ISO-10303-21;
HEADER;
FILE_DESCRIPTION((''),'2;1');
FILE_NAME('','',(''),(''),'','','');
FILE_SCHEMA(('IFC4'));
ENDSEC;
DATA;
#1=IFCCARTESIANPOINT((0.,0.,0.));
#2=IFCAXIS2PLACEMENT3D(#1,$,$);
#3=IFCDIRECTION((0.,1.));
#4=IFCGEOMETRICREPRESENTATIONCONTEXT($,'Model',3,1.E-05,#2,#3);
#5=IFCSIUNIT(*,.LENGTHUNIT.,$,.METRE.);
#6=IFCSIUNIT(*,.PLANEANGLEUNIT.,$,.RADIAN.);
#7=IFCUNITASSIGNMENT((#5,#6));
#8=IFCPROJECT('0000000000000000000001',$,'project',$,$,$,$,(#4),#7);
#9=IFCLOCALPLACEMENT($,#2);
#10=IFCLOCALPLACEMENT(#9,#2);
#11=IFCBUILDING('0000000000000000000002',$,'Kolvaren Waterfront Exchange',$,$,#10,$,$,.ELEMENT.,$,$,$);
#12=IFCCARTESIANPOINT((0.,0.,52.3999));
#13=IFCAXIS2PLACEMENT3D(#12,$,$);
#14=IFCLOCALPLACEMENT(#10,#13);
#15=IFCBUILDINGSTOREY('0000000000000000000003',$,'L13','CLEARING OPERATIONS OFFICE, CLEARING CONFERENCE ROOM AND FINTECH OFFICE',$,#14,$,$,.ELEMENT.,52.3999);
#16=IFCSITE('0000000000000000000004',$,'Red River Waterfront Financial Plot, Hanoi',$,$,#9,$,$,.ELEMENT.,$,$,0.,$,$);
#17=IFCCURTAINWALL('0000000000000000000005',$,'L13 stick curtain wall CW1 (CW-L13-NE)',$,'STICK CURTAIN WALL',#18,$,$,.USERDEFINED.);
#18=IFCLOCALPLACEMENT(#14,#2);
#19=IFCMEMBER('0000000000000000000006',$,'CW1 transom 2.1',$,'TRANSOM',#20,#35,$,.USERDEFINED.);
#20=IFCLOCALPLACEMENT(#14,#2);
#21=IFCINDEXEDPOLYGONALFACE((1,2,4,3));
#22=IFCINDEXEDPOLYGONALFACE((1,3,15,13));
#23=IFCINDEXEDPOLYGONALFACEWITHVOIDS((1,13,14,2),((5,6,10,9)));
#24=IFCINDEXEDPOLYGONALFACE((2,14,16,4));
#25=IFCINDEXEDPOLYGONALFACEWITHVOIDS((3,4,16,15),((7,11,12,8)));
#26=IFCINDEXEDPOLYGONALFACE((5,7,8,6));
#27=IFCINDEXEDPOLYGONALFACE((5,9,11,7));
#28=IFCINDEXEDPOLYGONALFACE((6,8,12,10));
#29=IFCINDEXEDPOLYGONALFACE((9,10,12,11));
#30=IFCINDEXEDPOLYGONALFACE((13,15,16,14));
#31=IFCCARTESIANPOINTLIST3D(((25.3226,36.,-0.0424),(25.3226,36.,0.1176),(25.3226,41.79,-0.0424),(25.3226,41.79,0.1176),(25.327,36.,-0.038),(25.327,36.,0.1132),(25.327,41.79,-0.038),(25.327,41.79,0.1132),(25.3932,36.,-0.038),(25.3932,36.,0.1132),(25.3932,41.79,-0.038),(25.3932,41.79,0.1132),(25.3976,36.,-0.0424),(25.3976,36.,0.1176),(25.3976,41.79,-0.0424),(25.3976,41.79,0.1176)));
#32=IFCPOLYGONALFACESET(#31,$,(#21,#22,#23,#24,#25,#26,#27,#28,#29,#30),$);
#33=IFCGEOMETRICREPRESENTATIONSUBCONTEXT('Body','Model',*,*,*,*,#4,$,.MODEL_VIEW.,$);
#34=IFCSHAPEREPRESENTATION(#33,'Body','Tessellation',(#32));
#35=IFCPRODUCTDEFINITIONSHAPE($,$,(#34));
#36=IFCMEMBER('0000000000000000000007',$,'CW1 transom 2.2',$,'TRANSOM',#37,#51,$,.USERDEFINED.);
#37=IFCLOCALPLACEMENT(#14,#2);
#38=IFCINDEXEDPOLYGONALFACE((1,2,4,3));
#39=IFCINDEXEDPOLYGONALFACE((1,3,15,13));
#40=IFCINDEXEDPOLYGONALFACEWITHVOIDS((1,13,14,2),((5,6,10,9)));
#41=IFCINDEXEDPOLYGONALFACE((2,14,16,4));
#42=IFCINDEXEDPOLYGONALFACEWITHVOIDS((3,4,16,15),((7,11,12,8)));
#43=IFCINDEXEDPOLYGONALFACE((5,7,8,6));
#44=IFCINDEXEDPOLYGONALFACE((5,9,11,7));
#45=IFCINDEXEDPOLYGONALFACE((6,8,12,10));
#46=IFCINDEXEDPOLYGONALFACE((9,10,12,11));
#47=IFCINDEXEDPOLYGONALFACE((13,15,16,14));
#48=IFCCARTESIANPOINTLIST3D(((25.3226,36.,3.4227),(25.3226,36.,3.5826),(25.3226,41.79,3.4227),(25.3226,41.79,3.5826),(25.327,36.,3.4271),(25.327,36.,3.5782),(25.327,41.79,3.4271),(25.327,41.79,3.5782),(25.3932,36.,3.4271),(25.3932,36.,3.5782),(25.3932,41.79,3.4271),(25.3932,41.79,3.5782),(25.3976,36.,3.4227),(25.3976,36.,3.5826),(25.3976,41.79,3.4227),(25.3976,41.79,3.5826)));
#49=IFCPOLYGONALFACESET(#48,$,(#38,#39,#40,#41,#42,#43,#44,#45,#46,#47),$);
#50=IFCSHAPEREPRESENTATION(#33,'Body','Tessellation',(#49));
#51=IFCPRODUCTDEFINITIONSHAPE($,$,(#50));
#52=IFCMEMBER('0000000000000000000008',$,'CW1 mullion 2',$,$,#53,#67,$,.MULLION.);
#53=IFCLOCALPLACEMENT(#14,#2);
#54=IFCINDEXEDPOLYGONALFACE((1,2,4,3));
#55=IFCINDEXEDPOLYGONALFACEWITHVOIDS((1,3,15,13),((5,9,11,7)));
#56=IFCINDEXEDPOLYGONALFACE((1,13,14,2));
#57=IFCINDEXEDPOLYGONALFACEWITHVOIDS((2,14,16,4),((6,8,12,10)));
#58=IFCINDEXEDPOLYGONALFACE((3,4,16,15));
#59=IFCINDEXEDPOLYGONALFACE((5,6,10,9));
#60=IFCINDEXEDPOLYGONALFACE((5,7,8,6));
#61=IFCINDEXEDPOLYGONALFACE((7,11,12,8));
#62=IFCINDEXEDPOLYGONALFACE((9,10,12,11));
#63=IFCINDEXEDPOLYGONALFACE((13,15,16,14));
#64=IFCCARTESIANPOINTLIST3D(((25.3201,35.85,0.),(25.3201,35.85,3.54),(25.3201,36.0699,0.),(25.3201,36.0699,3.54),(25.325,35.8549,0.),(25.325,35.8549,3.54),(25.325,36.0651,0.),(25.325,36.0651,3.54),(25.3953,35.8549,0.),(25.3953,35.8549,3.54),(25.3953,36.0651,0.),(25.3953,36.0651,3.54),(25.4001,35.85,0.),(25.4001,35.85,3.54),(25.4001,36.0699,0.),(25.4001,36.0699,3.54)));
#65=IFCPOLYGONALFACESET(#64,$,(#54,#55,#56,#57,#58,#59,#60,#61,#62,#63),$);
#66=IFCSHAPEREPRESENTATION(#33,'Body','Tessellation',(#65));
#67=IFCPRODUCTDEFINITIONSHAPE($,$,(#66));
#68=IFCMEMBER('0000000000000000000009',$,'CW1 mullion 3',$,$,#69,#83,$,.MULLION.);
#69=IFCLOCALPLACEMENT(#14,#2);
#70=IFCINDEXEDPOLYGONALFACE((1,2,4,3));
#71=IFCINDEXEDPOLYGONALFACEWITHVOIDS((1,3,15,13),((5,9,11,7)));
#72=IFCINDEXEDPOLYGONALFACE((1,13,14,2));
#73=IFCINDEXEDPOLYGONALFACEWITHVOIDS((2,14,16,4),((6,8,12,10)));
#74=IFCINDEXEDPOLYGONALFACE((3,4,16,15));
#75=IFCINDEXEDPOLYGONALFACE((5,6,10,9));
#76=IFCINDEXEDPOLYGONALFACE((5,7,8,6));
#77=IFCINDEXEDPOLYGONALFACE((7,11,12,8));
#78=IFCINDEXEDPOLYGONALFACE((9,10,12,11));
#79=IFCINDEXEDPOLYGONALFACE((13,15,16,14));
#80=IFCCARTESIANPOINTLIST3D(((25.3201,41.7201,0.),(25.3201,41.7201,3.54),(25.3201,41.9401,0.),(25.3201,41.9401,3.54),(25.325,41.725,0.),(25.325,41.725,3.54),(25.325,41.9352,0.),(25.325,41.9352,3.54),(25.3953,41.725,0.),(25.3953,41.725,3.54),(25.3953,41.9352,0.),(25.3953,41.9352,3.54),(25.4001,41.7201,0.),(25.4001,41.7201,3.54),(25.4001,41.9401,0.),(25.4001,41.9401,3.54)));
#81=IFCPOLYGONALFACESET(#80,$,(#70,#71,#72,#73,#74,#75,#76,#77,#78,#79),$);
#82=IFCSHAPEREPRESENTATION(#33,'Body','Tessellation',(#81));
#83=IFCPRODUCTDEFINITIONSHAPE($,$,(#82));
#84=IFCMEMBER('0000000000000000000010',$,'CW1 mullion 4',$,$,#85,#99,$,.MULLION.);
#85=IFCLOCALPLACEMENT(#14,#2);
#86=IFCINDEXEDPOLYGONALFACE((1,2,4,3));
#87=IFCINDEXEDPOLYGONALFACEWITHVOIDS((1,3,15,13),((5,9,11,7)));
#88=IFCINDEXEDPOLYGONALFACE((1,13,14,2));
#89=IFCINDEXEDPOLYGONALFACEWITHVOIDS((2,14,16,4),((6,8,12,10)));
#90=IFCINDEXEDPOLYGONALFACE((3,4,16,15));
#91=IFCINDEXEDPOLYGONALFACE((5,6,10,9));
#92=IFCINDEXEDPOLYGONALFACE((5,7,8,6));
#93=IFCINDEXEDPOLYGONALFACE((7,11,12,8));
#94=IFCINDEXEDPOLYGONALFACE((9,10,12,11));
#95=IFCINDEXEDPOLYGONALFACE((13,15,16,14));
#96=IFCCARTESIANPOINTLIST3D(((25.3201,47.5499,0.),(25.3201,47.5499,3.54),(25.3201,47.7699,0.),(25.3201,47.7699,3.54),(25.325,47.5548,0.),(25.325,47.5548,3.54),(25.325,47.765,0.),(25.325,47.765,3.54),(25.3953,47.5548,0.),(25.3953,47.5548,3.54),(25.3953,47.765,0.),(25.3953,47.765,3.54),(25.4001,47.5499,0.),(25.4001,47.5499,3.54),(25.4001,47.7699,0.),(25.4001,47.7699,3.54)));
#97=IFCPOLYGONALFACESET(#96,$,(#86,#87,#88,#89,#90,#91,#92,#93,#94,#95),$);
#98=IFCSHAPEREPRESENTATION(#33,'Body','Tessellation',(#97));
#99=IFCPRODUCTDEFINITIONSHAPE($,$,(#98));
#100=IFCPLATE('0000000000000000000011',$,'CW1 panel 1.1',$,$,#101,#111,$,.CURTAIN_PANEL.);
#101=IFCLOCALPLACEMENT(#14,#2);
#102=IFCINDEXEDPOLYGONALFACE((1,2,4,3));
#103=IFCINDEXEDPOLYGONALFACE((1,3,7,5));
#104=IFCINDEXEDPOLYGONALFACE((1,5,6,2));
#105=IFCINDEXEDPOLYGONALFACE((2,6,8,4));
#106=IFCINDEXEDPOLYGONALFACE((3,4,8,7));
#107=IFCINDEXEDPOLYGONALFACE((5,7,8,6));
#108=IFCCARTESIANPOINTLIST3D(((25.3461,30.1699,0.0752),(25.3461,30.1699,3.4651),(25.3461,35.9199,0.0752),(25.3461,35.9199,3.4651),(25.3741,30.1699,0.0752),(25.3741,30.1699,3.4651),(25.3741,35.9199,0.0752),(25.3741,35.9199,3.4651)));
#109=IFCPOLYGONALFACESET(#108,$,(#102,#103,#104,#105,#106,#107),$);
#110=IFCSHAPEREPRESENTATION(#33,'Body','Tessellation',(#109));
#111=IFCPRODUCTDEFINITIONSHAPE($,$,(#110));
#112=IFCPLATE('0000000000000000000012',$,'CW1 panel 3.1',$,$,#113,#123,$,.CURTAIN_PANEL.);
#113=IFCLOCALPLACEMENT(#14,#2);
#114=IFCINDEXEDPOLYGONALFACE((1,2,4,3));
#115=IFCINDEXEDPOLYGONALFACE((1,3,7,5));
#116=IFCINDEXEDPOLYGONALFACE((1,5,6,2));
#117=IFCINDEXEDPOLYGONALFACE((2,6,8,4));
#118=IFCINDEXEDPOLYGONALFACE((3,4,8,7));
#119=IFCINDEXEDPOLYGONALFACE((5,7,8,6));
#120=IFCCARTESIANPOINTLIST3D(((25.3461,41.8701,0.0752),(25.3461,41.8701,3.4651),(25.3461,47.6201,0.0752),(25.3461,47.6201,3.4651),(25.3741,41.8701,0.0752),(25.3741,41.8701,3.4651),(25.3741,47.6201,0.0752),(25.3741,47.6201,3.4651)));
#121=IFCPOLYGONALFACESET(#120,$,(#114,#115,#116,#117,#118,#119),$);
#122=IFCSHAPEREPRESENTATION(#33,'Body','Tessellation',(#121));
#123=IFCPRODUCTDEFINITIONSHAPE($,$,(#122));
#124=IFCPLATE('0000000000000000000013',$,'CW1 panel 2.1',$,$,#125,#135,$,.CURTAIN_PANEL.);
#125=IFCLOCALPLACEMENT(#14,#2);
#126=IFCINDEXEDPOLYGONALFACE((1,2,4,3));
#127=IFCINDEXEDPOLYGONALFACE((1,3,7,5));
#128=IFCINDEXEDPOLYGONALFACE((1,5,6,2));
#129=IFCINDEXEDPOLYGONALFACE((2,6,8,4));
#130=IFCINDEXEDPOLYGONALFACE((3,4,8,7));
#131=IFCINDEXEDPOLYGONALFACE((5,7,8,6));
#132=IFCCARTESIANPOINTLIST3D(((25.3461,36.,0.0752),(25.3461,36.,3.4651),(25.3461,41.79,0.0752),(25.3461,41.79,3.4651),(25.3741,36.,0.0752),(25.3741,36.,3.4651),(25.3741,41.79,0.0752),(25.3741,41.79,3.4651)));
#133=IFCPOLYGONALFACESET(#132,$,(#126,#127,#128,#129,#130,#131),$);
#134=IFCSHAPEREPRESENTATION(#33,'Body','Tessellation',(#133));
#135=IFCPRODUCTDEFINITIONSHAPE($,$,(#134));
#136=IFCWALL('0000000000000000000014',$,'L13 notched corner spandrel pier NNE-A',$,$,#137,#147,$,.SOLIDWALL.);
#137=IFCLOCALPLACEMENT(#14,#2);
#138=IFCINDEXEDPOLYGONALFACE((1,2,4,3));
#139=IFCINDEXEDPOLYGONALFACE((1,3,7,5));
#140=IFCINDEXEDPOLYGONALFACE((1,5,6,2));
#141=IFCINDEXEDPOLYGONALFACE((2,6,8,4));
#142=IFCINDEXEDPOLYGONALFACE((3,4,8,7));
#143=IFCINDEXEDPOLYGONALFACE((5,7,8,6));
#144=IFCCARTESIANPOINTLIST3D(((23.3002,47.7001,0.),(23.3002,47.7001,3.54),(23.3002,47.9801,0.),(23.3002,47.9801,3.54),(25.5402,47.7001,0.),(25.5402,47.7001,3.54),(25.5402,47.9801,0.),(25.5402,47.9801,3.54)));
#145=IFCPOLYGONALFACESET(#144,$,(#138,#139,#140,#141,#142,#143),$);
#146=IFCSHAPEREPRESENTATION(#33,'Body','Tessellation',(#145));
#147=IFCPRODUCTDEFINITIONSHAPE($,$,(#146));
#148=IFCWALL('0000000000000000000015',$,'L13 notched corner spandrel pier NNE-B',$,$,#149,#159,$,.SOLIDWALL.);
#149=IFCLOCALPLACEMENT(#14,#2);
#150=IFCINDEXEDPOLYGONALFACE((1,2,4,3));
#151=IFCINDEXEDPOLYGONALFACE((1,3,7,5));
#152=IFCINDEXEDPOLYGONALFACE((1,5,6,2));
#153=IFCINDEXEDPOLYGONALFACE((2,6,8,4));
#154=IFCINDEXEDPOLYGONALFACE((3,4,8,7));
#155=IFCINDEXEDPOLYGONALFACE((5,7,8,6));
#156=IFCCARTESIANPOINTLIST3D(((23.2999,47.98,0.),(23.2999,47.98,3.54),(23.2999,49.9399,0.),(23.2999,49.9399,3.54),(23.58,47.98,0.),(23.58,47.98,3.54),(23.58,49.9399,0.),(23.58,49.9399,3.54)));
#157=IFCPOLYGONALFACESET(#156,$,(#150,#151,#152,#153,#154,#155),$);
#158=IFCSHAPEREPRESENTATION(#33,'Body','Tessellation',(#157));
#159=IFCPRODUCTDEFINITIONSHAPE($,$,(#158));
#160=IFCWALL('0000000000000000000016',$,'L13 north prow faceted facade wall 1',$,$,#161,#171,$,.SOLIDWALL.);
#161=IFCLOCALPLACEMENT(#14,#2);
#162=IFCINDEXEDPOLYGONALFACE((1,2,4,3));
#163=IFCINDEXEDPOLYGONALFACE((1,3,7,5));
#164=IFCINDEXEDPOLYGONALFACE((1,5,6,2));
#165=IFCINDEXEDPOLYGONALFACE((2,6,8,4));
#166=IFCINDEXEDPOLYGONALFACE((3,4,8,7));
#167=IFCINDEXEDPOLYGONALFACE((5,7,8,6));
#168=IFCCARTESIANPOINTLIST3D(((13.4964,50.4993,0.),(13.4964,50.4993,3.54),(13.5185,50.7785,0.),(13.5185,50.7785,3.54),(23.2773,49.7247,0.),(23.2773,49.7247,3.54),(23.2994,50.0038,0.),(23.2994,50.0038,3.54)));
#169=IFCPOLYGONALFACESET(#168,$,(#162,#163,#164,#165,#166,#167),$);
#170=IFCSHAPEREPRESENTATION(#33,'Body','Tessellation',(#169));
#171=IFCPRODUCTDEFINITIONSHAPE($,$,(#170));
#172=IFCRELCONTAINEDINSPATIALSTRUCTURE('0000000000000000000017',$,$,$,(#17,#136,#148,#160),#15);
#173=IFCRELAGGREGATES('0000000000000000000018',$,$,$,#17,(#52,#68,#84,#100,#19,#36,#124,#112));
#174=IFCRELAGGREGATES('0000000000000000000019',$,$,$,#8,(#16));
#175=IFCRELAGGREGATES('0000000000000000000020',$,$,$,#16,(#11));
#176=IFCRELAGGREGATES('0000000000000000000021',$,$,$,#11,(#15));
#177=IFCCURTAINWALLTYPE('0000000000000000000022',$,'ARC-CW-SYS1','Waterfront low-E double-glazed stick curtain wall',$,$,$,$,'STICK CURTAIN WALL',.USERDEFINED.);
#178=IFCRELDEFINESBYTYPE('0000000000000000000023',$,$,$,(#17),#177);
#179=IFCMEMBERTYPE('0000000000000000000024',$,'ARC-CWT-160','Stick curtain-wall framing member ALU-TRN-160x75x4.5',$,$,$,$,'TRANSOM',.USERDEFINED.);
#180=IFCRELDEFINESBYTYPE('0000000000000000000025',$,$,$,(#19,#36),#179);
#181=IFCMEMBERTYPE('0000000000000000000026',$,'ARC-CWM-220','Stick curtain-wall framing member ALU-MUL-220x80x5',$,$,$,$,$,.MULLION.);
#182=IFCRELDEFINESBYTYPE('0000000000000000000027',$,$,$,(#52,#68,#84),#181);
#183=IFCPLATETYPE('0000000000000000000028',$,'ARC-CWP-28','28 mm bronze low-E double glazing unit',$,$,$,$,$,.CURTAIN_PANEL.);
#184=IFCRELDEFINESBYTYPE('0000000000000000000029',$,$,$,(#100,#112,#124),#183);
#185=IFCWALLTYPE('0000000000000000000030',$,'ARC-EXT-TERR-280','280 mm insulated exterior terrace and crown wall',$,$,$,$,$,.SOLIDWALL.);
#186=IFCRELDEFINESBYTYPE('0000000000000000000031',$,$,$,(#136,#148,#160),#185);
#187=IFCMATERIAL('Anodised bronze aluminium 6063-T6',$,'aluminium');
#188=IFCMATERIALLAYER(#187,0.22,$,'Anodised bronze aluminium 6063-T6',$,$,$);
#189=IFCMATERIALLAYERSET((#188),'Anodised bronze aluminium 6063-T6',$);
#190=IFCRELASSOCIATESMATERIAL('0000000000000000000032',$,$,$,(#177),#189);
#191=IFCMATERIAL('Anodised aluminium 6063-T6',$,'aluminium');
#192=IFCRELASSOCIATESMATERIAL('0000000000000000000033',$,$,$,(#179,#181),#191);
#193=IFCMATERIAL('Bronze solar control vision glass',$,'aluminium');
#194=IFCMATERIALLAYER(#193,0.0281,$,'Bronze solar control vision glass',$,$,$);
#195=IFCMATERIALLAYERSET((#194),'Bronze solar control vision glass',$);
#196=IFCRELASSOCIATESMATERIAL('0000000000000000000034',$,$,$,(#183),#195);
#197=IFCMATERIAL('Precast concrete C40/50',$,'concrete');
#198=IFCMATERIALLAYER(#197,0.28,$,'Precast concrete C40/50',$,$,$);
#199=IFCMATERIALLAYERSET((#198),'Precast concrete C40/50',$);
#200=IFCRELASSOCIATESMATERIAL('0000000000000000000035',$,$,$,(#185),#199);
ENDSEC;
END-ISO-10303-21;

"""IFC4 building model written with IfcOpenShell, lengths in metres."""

from ifc_helpers import new_model, si_unit, direction, frame, frame_2d, origin, origin_with_axes, origin_2d, place, context, subcontext, project, spatial, rectangle, hollow_rectangle, extrude, source, transform, mapped, material, layer, layer_set, material_profile, profile_set, type_object, element, aggregate, save


model = new_model("IFC4")

# Units and contexts
model_context = context("Model", 3, precision=1e-05, world=origin(), true_north=direction((0.0, 1.0)))
body_context = subcontext(model_context, "Body", "Model", "MODEL_VIEW")
ifc_project = project(units=[si_unit("LENGTHUNIT", "METRE"), si_unit("PLANEANGLEUNIT", "RADIAN")], contexts=[model_context])

# Site, building, storey
site_placement = place(None, origin())
site = spatial("IfcSite", under=ifc_project, at=site_placement, Name="Red River Waterfront Financial Plot, Hanoi", CompositionType="ELEMENT", RefElevation=0.0)
building_placement = place(site_placement, origin())
building = spatial("IfcBuilding", under=site, at=building_placement, Name="Kolvaren Waterfront Exchange", CompositionType="ELEMENT")
storey_placement = place(building_placement, frame((0.0, 0.0, 52.3999)))
storey = spatial("IfcBuildingStorey", under=building, at=storey_placement, Name="L13", Description="CLEARING OPERATIONS OFFICE, CLEARING CONFERENCE ROOM AND FINTECH OFFICE", CompositionType="ELEMENT", Elevation=52.3999)

# Curtain wall, members, plates
ifc_material_1 = material(Name="Anodised bronze aluminium 6063-T6", Category="aluminium")
ifc_layer_1 = layer(ifc_material_1, 0.22, Name="Anodised bronze aluminium 6063-T6")
ifc_layer_set_1 = layer_set([ifc_layer_1], Name="Anodised bronze aluminium 6063-T6")
curtain_wall_type = type_object("IfcCurtainWallType", Name="ARC-CW-SYS1", Description="Waterfront low-E double-glazed stick curtain wall", ElementType="STICK CURTAIN WALL", PredefinedType="USERDEFINED", material=ifc_layer_set_1)
curtain_wall_placement = place(storey_placement, origin())
curtain_wall = element("IfcCurtainWall", 1, at=curtain_wall_placement, inside=storey, type_object=curtain_wall_type, Name="L13 stick curtain wall CW1 (CW-L13-NE)", ObjectType="STICK CURTAIN WALL", PredefinedType="USERDEFINED")
ifc_material_2 = material(Name="Anodised aluminium 6063-T6", Category="aluminium")
ifc_material_profile_1 = material_profile(ifc_material_2, hollow_rectangle(XDim=0.075, YDim=0.1599, WallThickness=0.0044, at=origin_2d()), Name="ALU-TRN-160x75x4.5")
ifc_profile_set_1 = profile_set([ifc_material_profile_1], Name="Anodised aluminium 6063-T6")
member_type_1 = type_object("IfcMemberType", Name="ARC-CWT-160", Description="Stick curtain-wall framing member ALU-TRN-160x75x4.5", ElementType="TRANSOM", PredefinedType="USERDEFINED", material=ifc_profile_set_1)
shared_shape_1 = source(origin_with_axes(), body_context, "Body", "SweptSolid", [
    extrude(hollow_rectangle(XDim=0.075, YDim=0.1599, WallThickness=0.0044, at=origin_2d()), origin(), (0.0, 0.0, 1.0), 5.79),
])
member_1_placement = place(storey_placement, frame((25.3601, 36.0, 0.0376), z_axis=(0.0, 1.0, 0.0), x_axis=(-1.0, 0.0, 0.0)))
member_1 = element("IfcMember", 2, at=member_1_placement, type_object=member_type_1, Name="CW1 transom 2.1", ObjectType="TRANSOM", PredefinedType="USERDEFINED", context=body_context, shape_type="MappedRepresentation", body=[
    mapped(shared_shape_1, transform((0.0, 0.0, 0.0), x_axis=(1.0, 0.0, 0.0), y_axis=(0.0, 1.0, 0.0), z_axis=(0.0, 0.0, 1.0), scale=1.0)),
])
member_2_placement = place(storey_placement, frame((25.3601, 36.0, 3.5027), z_axis=(0.0, 1.0, 0.0), x_axis=(-1.0, 0.0, 0.0)))
member_2 = element("IfcMember", 3, at=member_2_placement, type_object=member_type_1, Name="CW1 transom 2.2", ObjectType="TRANSOM", PredefinedType="USERDEFINED", context=body_context, shape_type="MappedRepresentation", body=[
    mapped(shared_shape_1, transform((0.0, 0.0, 0.0), x_axis=(1.0, 0.0, 0.0), y_axis=(0.0, 1.0, 0.0), z_axis=(0.0, 0.0, 1.0), scale=1.0)),
])
ifc_material_profile_2 = material_profile(ifc_material_2, hollow_rectangle(XDim=0.0801, YDim=0.22, WallThickness=0.0049, at=origin_2d()), Name="ALU-MUL-220x80x5")
ifc_profile_set_2 = profile_set([ifc_material_profile_2], Name="Anodised aluminium 6063-T6")
member_type_2 = type_object("IfcMemberType", Name="ARC-CWM-220", Description="Stick curtain-wall framing member ALU-MUL-220x80x5", PredefinedType="MULLION", material=ifc_profile_set_2)
shared_shape_2 = source(origin_with_axes(), body_context, "Body", "SweptSolid", [
    extrude(hollow_rectangle(XDim=0.0801, YDim=0.22, WallThickness=0.0049, at=origin_2d()), origin(), (0.0, 0.0, 1.0), 3.54),
])
member_3_placement = place(storey_placement, frame((25.3601, 35.96, 0.0), z_axis=(0.0, 0.0, 1.0), x_axis=(-1.0, 0.0, 0.0)))
member_3 = element("IfcMember", 4, at=member_3_placement, type_object=member_type_2, Name="CW1 mullion 2", PredefinedType="MULLION", context=body_context, shape_type="MappedRepresentation", body=[
    mapped(shared_shape_2, transform((0.0, 0.0, 0.0), x_axis=(1.0, 0.0, 0.0), y_axis=(0.0, 1.0, 0.0), z_axis=(0.0, 0.0, 1.0), scale=1.0)),
])
member_4_placement = place(storey_placement, frame((25.3601, 41.8301, 0.0), z_axis=(0.0, 0.0, 1.0), x_axis=(-1.0, 0.0, 0.0)))
member_4 = element("IfcMember", 5, at=member_4_placement, type_object=member_type_2, Name="CW1 mullion 3", PredefinedType="MULLION", context=body_context, shape_type="MappedRepresentation", body=[
    mapped(shared_shape_2, transform((0.0, 0.0, 0.0), x_axis=(1.0, 0.0, 0.0), y_axis=(0.0, 1.0, 0.0), z_axis=(0.0, 0.0, 1.0), scale=1.0)),
])
member_5_placement = place(storey_placement, frame((25.3601, 47.6599, 0.0), z_axis=(0.0, 0.0, 1.0), x_axis=(-1.0, 0.0, 0.0)))
member_5 = element("IfcMember", 6, at=member_5_placement, type_object=member_type_2, Name="CW1 mullion 4", PredefinedType="MULLION", context=body_context, shape_type="MappedRepresentation", body=[
    mapped(shared_shape_2, transform((0.0, 0.0, 0.0), x_axis=(1.0, 0.0, 0.0), y_axis=(0.0, 1.0, 0.0), z_axis=(0.0, 0.0, 1.0), scale=1.0)),
])
ifc_material_3 = material(Name="Bronze solar control vision glass", Category="aluminium")
ifc_layer_2 = layer(ifc_material_3, 0.0281, Name="Bronze solar control vision glass")
ifc_layer_set_2 = layer_set([ifc_layer_2], Name="Bronze solar control vision glass")
plate_type = type_object("IfcPlateType", Name="ARC-CWP-28", Description="28 mm bronze low-E double glazing unit", PredefinedType="CURTAIN_PANEL", material=ifc_layer_set_2)
shared_shape_3 = source(origin_with_axes(), body_context, "Body", "SweptSolid", [
    extrude(rectangle(XDim=5.75, YDim=0.0281, at=origin_2d()), origin(), (0.0, 0.0, 1.0), 3.3899),
])
plate_1_placement = place(storey_placement, frame((25.3601, 33.0449, 0.0752), z_axis=(0.0, 0.0, 1.0), x_axis=(0.0, 1.0, 0.0)))
plate_1 = element("IfcPlate", 7, at=plate_1_placement, type_object=plate_type, Name="CW1 panel 1.1", PredefinedType="CURTAIN_PANEL", context=body_context, shape_type="MappedRepresentation", body=[
    mapped(shared_shape_3, transform((0.0, 0.0, 0.0), x_axis=(1.0, 0.0, 0.0), y_axis=(0.0, 1.0, 0.0), z_axis=(0.0, 0.0, 1.0), scale=1.0)),
])
plate_2_placement = place(storey_placement, frame((25.3601, 44.7451, 0.0752), z_axis=(0.0, 0.0, 1.0), x_axis=(0.0, 1.0, 0.0)))
plate_2 = element("IfcPlate", 8, at=plate_2_placement, type_object=plate_type, Name="CW1 panel 3.1", PredefinedType="CURTAIN_PANEL", context=body_context, shape_type="MappedRepresentation", body=[
    mapped(shared_shape_3, transform((0.0, 0.0, 0.0), x_axis=(1.0, 0.0, 0.0), y_axis=(0.0, 1.0, 0.0), z_axis=(0.0, 0.0, 1.0), scale=1.0)),
])
shared_shape_4 = source(origin_with_axes(), body_context, "Body", "SweptSolid", [
    extrude(rectangle(XDim=5.79, YDim=0.0281, at=origin_2d()), origin(), (0.0, 0.0, 1.0), 3.3899),
])
plate_3_placement = place(storey_placement, frame((25.3601, 38.895, 0.0752), z_axis=(0.0, 0.0, 1.0), x_axis=(0.0, 1.0, 0.0)))
plate_3 = element("IfcPlate", 9, at=plate_3_placement, type_object=plate_type, Name="CW1 panel 2.1", PredefinedType="CURTAIN_PANEL", context=body_context, shape_type="MappedRepresentation", body=[
    mapped(shared_shape_4, transform((0.0, 0.0, 0.0), x_axis=(1.0, 0.0, 0.0), y_axis=(0.0, 1.0, 0.0), z_axis=(0.0, 0.0, 1.0), scale=1.0)),
])
aggregate(curtain_wall, [member_3, member_4, member_5, plate_1, member_1, member_2, plate_3, plate_2])

# Walls
ifc_material_4 = material(Name="Precast concrete C40/50", Category="concrete")
ifc_layer_3 = layer(ifc_material_4, 0.28, Name="Precast concrete C40/50")
ifc_layer_set_3 = layer_set([ifc_layer_3], Name="Precast concrete C40/50")
wall_type = type_object("IfcWallType", Name="ARC-EXT-TERR-280", Description="280 mm insulated exterior terrace and crown wall", PredefinedType="SOLIDWALL", material=ifc_layer_set_3)
wall_1_placement = place(storey_placement, frame((23.3, 47.8401, 0.0), z_axis=(0.0, 0.0, 1.0), x_axis=(1.0, 0.0, 0.0)))
element("IfcWall", 10, at=wall_1_placement, inside=storey, type_object=wall_type, Name="L13 notched corner spandrel pier NNE-A", PredefinedType="SOLIDWALL", context=body_context, shape_type="SweptSolid", body=[
    extrude(rectangle(XDim=2.24, YDim=0.28, at=frame_2d((1.1201, 0.0))), origin(), (0.0, 0.0, 1.0), 3.54),
])
wall_2_placement = place(storey_placement, frame((23.4399, 47.98, 0.0), z_axis=(0.0, 0.0, 1.0), x_axis=(0.0, 1.0, 0.0)))
element("IfcWall", 11, at=wall_2_placement, inside=storey, type_object=wall_type, Name="L13 notched corner spandrel pier NNE-B", PredefinedType="SOLIDWALL", context=body_context, shape_type="SweptSolid", body=[
    extrude(rectangle(XDim=1.96, YDim=0.28, at=frame_2d((0.98, 0.0))), origin(), (0.0, 0.0, 1.0), 3.54),
])
wall_3_placement = place(storey_placement, frame((23.2883, 49.8643, 0.0), z_axis=(0.0, 0.0, 1.0), x_axis=(-0.996878, 0.078953, 0.0)))
element("IfcWall", 12, at=wall_3_placement, inside=storey, type_object=wall_type, Name="L13 north prow faceted facade wall 1", PredefinedType="SOLIDWALL", context=body_context, shape_type="SweptSolid", body=[
    extrude(rectangle(XDim=9.8115, YDim=0.28, at=frame_2d((4.9058, 0.0))), origin(), (0.0, 0.0, 1.0), 3.54),
])

save(model, "model.ifc")
